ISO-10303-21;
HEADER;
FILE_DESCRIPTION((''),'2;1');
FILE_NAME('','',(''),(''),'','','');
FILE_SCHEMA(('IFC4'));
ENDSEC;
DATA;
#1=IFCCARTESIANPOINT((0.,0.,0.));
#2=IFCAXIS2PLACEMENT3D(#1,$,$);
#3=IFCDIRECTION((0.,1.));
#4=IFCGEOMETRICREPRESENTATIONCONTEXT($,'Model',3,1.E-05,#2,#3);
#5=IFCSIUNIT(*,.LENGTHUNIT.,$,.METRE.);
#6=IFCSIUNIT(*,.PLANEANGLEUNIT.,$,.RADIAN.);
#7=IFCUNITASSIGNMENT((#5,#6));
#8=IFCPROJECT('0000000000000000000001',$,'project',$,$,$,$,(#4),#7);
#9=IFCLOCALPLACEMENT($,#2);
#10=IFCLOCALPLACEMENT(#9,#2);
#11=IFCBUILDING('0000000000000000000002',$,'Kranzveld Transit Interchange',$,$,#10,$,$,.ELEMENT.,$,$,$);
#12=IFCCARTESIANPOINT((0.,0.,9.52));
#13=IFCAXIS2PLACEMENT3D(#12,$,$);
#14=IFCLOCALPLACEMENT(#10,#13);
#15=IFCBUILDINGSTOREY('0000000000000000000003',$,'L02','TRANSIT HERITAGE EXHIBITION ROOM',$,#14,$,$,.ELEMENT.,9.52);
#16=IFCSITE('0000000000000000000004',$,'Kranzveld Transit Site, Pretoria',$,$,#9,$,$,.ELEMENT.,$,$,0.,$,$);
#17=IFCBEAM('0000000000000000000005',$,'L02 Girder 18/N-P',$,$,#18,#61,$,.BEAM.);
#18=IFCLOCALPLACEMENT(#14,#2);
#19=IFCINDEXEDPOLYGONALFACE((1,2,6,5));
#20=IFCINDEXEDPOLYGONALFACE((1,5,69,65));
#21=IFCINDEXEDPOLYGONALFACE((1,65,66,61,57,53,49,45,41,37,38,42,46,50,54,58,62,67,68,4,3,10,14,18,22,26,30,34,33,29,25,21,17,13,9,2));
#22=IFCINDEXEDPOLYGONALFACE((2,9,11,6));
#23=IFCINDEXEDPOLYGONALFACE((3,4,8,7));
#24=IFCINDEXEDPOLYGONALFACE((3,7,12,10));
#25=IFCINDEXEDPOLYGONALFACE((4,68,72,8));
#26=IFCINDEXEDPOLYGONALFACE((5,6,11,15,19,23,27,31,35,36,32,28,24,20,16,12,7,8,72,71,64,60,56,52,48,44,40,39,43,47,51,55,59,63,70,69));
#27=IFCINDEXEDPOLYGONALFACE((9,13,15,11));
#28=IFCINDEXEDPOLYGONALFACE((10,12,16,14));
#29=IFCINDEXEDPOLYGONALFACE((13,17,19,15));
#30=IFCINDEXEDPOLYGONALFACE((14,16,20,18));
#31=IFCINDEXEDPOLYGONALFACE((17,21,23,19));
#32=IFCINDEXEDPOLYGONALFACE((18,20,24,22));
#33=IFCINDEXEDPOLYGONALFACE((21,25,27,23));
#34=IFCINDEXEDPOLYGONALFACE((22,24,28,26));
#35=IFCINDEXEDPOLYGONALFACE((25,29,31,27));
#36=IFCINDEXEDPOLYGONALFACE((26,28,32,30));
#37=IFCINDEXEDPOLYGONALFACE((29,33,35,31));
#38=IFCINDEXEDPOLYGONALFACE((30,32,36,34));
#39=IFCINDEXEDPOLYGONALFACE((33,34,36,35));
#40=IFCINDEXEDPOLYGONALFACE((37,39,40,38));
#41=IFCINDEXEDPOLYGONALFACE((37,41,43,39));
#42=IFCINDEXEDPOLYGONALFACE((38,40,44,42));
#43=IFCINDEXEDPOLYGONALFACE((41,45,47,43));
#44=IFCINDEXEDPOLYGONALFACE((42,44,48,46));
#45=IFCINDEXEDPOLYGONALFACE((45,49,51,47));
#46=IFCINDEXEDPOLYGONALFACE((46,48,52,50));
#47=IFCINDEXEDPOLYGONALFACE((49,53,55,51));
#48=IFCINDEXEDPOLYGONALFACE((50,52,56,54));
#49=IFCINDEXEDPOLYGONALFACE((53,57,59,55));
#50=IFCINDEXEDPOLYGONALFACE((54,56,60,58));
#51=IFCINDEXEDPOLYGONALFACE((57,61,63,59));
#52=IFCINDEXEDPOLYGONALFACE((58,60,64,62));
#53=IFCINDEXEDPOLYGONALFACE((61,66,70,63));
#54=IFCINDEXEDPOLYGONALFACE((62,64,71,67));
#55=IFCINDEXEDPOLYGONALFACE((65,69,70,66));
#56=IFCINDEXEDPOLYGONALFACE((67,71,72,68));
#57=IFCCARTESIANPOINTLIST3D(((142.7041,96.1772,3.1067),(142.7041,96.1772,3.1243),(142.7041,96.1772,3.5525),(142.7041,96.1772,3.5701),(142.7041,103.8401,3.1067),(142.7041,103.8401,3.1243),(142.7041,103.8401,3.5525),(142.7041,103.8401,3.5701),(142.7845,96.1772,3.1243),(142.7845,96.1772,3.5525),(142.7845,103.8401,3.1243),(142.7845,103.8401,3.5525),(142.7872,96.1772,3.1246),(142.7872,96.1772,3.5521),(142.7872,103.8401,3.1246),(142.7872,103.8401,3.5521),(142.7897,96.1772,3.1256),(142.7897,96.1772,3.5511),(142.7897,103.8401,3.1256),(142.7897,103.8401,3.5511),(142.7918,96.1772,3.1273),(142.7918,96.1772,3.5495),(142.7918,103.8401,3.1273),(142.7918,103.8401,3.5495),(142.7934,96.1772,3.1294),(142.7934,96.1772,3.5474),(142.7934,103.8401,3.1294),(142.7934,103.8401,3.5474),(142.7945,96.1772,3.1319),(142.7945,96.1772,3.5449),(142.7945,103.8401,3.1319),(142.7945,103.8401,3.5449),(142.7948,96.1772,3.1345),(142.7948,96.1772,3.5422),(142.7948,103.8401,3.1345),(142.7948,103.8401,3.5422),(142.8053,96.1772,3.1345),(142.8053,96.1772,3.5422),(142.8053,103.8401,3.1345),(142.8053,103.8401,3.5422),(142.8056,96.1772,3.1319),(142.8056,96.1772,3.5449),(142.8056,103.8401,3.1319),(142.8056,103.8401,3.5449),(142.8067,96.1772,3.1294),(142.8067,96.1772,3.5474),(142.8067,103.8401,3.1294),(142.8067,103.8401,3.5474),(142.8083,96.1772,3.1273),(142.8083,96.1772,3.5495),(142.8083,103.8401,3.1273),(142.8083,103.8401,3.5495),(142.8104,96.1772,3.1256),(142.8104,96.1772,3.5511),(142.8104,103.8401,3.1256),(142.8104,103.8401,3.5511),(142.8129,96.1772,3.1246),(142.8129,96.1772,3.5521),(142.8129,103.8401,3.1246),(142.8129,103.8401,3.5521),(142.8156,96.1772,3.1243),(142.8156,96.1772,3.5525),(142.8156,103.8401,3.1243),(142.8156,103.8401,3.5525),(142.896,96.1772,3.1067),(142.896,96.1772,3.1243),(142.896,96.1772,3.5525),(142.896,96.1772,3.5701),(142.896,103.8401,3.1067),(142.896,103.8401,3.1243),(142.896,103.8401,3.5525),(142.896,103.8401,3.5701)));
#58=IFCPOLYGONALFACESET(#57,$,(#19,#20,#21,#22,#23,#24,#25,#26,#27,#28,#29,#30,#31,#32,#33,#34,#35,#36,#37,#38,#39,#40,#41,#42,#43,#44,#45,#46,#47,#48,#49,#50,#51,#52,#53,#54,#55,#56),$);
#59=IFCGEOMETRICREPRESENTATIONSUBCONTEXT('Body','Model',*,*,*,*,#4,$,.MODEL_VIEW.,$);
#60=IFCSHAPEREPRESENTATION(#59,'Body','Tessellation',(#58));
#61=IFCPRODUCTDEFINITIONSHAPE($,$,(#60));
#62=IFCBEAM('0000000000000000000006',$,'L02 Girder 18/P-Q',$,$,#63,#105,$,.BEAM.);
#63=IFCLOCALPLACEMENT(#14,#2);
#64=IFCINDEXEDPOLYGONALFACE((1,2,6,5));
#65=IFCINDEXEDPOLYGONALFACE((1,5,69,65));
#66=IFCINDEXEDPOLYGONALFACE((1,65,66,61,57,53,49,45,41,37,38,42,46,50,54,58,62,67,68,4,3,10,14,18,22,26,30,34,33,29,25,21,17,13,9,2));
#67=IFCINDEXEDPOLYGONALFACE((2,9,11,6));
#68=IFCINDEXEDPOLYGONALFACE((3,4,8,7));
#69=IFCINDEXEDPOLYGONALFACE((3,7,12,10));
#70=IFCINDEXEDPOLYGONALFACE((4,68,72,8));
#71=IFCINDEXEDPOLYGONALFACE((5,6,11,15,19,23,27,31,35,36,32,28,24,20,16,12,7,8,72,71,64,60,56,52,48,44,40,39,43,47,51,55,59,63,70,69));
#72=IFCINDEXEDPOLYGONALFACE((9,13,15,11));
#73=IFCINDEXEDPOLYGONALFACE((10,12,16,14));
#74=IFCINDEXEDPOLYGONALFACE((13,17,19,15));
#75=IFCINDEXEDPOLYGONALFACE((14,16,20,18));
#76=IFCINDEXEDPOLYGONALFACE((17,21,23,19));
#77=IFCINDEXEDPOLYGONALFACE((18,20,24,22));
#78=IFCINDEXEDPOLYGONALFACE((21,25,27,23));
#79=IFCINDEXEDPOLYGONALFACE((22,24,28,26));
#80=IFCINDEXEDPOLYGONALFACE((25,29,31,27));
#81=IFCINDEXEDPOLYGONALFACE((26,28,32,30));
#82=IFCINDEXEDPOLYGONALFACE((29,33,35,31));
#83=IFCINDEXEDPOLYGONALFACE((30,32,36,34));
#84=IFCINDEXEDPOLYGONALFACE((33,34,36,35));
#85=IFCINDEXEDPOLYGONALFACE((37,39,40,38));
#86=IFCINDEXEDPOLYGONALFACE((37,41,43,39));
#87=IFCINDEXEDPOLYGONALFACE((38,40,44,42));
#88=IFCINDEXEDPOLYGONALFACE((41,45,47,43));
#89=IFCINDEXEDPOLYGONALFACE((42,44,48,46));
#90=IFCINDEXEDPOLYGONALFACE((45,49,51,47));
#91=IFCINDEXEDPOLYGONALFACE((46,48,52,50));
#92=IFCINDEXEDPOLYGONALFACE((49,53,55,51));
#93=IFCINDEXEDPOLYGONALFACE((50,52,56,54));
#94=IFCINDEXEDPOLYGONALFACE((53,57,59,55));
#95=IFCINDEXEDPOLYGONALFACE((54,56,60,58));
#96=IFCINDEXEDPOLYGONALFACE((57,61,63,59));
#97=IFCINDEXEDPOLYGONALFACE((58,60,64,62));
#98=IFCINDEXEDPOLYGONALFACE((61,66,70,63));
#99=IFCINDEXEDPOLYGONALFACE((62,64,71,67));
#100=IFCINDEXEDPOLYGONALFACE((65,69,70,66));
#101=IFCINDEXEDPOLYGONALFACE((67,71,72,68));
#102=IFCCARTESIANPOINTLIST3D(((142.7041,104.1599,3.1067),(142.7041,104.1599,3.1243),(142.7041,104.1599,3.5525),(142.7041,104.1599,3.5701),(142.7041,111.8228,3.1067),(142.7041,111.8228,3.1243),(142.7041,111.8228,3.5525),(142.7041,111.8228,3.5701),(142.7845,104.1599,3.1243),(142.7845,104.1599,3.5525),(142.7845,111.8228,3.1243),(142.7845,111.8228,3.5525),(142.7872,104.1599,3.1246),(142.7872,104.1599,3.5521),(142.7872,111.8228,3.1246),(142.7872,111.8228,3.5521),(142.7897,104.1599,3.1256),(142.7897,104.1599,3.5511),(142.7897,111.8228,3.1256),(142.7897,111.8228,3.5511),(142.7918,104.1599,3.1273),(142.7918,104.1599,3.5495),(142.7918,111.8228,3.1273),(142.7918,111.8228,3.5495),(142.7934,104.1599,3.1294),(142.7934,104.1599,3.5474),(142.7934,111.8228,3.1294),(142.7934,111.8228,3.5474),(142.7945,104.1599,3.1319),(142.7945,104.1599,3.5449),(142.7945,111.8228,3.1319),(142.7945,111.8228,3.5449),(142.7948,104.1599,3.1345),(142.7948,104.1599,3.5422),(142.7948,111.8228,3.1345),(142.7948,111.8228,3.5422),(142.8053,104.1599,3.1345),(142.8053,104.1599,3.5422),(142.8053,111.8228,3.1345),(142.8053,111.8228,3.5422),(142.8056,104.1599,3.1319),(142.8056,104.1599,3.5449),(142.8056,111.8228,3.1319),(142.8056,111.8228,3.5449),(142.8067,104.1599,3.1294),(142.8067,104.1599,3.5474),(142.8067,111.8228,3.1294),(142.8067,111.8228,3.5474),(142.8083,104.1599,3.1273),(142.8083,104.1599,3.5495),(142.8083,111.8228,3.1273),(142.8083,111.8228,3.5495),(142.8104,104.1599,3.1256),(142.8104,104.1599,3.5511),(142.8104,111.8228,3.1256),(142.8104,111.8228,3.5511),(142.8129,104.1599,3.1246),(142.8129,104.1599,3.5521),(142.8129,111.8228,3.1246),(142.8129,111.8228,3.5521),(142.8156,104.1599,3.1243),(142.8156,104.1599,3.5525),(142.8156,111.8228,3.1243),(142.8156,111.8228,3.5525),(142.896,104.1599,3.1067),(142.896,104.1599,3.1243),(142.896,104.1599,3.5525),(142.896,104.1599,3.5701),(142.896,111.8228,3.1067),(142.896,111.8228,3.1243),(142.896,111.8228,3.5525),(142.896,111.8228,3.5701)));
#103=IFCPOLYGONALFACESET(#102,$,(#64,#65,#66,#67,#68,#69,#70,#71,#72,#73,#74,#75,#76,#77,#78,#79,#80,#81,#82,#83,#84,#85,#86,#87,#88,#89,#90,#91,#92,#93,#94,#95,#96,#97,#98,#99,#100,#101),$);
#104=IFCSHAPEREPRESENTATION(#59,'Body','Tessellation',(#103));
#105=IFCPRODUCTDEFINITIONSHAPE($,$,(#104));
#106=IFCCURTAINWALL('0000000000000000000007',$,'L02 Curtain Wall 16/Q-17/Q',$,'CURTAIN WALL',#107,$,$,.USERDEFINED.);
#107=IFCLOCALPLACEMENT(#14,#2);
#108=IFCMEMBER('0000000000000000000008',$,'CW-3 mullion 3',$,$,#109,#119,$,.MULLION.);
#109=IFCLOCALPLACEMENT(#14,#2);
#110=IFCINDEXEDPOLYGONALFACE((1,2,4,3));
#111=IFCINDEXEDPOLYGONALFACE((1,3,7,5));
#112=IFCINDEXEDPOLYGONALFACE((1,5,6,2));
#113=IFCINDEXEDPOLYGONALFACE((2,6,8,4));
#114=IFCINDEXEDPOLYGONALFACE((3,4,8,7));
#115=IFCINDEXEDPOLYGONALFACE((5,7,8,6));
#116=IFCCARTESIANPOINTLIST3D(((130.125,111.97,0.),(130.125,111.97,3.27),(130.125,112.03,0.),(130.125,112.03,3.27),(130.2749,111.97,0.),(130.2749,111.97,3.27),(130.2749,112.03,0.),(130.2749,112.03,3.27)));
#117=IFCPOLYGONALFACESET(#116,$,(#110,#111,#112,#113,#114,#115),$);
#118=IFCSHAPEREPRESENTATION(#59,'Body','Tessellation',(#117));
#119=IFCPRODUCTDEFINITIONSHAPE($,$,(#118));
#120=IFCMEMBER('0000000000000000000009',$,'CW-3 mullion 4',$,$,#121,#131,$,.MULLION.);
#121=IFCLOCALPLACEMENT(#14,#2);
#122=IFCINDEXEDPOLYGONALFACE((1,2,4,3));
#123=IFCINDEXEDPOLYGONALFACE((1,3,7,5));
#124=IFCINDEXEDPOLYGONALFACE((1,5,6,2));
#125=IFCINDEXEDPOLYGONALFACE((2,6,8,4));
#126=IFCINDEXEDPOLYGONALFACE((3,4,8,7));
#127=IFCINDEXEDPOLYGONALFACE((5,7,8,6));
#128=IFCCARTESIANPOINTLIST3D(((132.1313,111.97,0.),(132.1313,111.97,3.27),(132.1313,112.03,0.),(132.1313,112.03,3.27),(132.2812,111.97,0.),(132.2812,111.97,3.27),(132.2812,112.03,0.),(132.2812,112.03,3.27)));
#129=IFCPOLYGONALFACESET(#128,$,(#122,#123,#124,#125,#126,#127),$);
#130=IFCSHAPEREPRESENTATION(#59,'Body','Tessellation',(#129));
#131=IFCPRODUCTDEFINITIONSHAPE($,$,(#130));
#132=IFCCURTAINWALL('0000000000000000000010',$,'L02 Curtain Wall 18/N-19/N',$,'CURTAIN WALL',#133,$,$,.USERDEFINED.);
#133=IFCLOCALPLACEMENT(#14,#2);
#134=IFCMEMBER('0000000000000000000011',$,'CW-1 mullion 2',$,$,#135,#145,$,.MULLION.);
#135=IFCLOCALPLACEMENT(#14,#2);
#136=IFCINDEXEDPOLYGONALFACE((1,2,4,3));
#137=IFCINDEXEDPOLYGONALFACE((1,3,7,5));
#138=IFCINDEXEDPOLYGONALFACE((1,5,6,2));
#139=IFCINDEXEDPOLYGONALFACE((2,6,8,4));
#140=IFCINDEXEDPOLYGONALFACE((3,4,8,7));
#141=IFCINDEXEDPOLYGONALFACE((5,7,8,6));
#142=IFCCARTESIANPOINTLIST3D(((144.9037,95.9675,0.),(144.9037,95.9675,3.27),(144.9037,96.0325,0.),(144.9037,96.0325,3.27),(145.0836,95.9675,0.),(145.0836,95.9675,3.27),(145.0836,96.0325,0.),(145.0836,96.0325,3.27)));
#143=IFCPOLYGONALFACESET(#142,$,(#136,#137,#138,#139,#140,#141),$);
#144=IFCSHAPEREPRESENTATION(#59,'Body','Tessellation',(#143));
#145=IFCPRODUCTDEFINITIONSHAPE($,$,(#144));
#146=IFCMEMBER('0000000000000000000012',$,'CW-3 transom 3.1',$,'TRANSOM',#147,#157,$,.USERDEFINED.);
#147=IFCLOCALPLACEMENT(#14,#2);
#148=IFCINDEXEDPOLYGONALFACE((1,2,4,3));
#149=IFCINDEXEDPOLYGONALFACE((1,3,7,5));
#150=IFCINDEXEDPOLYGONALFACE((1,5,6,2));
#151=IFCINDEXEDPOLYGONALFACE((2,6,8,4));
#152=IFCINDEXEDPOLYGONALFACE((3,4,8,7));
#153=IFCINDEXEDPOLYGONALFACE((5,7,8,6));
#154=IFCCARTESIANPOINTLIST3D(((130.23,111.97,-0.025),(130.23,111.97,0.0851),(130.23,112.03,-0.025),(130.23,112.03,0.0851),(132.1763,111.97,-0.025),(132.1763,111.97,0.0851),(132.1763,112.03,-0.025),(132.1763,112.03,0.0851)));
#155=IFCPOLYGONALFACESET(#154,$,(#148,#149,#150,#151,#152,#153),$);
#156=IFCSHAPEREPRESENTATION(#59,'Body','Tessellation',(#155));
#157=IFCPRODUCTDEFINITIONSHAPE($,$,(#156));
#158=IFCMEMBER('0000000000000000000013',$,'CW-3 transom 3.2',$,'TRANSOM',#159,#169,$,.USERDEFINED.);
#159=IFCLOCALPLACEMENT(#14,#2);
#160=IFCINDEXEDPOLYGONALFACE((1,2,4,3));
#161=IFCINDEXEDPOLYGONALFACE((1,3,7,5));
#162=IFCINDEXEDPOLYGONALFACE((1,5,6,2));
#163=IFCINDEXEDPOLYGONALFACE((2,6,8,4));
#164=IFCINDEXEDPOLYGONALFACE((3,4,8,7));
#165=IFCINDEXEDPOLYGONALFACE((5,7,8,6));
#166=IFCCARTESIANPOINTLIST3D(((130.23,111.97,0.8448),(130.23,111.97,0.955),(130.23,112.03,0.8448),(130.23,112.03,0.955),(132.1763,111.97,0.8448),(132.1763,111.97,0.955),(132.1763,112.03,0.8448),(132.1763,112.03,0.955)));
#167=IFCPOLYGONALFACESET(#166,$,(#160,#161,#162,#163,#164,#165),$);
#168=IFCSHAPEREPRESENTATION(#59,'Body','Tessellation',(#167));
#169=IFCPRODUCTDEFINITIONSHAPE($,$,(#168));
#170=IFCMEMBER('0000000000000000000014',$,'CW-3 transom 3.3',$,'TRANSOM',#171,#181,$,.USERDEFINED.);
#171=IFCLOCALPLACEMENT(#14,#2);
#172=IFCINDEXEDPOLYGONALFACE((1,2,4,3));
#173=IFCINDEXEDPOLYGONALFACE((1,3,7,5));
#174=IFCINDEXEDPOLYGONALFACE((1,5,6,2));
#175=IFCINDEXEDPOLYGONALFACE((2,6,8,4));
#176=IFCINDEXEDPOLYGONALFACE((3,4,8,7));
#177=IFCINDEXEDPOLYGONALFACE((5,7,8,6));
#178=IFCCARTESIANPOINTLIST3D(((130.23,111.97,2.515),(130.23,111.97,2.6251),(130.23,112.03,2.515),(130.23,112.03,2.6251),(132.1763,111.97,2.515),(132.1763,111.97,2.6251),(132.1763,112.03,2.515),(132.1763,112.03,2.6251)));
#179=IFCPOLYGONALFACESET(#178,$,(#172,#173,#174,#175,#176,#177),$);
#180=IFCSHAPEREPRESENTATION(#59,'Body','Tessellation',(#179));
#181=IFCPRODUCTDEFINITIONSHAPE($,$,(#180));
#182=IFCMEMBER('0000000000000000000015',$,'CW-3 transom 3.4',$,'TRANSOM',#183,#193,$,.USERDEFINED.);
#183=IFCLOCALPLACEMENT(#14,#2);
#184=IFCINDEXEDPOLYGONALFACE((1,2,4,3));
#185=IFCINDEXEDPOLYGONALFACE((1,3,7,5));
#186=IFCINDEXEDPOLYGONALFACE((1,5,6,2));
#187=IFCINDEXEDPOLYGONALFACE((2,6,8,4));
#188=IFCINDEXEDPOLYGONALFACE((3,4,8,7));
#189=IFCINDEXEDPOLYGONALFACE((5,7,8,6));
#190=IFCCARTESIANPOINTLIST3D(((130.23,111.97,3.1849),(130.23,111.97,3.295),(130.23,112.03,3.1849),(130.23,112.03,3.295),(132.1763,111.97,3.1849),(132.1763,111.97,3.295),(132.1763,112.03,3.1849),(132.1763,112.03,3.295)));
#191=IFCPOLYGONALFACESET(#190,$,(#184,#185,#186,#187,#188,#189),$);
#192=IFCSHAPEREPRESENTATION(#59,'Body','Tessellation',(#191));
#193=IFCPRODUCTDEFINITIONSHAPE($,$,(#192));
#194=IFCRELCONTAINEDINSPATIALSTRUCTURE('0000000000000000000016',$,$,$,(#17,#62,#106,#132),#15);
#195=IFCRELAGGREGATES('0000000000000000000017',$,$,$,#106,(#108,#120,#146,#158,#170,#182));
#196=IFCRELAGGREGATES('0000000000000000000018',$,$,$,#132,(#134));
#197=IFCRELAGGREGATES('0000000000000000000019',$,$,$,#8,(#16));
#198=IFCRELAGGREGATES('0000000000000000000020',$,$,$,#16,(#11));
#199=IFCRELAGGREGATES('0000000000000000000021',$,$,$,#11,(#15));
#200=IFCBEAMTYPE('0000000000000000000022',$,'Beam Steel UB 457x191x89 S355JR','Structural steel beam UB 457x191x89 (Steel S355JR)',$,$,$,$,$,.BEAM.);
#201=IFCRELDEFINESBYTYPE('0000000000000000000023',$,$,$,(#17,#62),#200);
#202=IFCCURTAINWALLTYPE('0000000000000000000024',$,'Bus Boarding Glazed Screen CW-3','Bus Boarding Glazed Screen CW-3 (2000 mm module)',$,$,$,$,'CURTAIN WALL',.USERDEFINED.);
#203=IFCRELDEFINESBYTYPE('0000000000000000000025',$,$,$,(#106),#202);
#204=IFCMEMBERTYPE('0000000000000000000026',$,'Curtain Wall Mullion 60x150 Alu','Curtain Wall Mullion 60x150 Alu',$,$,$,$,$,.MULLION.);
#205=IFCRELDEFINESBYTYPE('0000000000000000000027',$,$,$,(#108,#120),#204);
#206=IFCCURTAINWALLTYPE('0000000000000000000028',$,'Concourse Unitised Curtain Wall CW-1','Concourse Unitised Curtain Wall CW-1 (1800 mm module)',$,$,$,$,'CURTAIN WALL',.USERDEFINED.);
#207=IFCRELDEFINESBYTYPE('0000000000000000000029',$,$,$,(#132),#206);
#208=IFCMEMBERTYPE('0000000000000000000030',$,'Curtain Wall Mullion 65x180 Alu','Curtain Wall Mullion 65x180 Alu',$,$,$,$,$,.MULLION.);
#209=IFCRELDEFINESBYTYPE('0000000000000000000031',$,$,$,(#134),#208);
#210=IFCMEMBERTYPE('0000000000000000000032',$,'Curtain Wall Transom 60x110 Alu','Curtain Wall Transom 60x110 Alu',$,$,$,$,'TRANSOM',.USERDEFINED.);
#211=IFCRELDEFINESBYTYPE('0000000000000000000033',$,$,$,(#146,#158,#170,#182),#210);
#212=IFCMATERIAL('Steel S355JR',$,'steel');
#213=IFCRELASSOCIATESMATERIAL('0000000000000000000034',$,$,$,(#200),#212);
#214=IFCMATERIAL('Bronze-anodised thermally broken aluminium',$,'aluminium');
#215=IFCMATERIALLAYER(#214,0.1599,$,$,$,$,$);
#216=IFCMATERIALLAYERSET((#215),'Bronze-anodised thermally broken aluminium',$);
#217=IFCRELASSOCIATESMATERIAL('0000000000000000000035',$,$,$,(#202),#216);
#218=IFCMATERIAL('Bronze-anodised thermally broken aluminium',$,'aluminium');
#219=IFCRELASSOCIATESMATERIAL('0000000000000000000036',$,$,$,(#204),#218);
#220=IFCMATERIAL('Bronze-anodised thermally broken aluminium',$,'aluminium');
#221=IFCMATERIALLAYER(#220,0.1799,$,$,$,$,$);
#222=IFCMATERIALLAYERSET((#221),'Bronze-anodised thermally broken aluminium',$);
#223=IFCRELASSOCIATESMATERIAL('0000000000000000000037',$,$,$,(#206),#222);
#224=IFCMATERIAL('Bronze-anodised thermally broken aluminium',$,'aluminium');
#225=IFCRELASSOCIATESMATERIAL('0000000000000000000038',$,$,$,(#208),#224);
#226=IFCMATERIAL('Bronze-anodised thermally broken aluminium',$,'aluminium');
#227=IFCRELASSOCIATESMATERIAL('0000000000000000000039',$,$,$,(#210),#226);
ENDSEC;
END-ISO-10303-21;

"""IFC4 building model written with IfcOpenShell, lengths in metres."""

from ifc_helpers import new_model, si_unit, direction, frame, origin, origin_2d, place, context, subcontext, project, spatial, rectangle, i_section, extrude, material, layer, layer_set, material_profile, profile_set, type_object, element, aggregate, save


model = new_model("IFC4")

# Units and contexts
model_context = context("Model", 3, precision=1e-05, world=origin(), true_north=direction((0.0, 1.0)))
body_context = subcontext(model_context, "Body", "Model", "MODEL_VIEW")
ifc_project = project(units=[si_unit("LENGTHUNIT", "METRE"), si_unit("PLANEANGLEUNIT", "RADIAN")], contexts=[model_context])

# Site, building, storey
site_placement = place(None, origin())
site = spatial("IfcSite", under=ifc_project, at=site_placement, Name="Kranzveld Transit Site, Pretoria", CompositionType="ELEMENT", RefElevation=0.0)
building_placement = place(site_placement, origin())
building = spatial("IfcBuilding", under=site, at=building_placement, Name="Kranzveld Transit Interchange", CompositionType="ELEMENT")
storey_placement = place(building_placement, frame((0.0, 0.0, 9.52)))
storey = spatial("IfcBuildingStorey", under=building, at=storey_placement, Name="L02", Description="TRANSIT HERITAGE EXHIBITION ROOM", CompositionType="ELEMENT", Elevation=9.52)

# Beams
ifc_material_1 = material(Name="Steel S355JR", Category="steel")
ifc_material_profile_1 = material_profile(ifc_material_1, i_section(OverallWidth=0.1919, OverallDepth=0.4634, WebThickness=0.0105, FlangeThickness=0.0176, FilletRadius=0.0103, at=origin_2d()), Name="UB 457x191x89")
ifc_profile_set_1 = profile_set([ifc_material_profile_1], Name="Steel S355JR")
beam_type_1 = type_object("IfcBeamType", Name="Beam Steel UB 457x191x89 S355JR", Description="Structural steel beam UB 457x191x89 (Steel S355JR)", PredefinedType="BEAM", material=ifc_profile_set_1)
for number, where, z_axis, x_axis, name in (
    (1, (142.8, 96.1772, 3.3384), (0.0, 1.0, 0.0), (-1.0, 0.0, 0.0), "L02 Girder 18/N-P"),
    (2, (142.8, 104.1599, 3.3384), (0.0, 1.0, 0.0), (-1.0, 0.0, 0.0), "L02 Girder 18/P-Q"),
):
    element("IfcBeam", number, at=place(storey_placement, frame(where, z_axis=z_axis, x_axis=x_axis)), inside=storey, type_object=beam_type_1, Name=name, PredefinedType="BEAM", context=body_context, shape_type="SweptSolid", body=[
        extrude(i_section(OverallWidth=0.1919, OverallDepth=0.4634, WebThickness=0.0105, FlangeThickness=0.0176, FilletRadius=0.0103, at=origin_2d()), origin(), (0.0, 0.0, 1.0), 7.6628),
    ])

# Curtain wall, members
ifc_material_2 = material(Name="Bronze-anodised thermally broken aluminium", Category="aluminium")
ifc_layer_1 = layer(ifc_material_2, 0.1599)
ifc_layer_set_1 = layer_set([ifc_layer_1], Name="Bronze-anodised thermally broken aluminium")
curtain_wall_type_1 = type_object("IfcCurtainWallType", Name="Bus Boarding Glazed Screen CW-3", Description="Bus Boarding Glazed Screen CW-3 (2000 mm module)", ElementType="CURTAIN WALL", PredefinedType="USERDEFINED", material=ifc_layer_set_1)
curtain_wall_1_placement = place(storey_placement, origin())
curtain_wall_1 = element("IfcCurtainWall", 3, at=curtain_wall_1_placement, inside=storey, type_object=curtain_wall_type_1, Name="L02 Curtain Wall 16/Q-17/Q", ObjectType="CURTAIN WALL", PredefinedType="USERDEFINED")
ifc_material_3 = material(Name="Bronze-anodised thermally broken aluminium", Category="aluminium")
ifc_material_profile_2 = material_profile(ifc_material_3, rectangle(XDim=0.0601, YDim=0.1499, at=origin_2d()), Name="ALU MULLION 60x150")
ifc_profile_set_2 = profile_set([ifc_material_profile_2], Name="Bronze-anodised thermally broken aluminium")
member_type_1 = type_object("IfcMemberType", Name="Curtain Wall Mullion 60x150 Alu", Description="Curtain Wall Mullion 60x150 Alu", PredefinedType="MULLION", material=ifc_profile_set_2)
member_1_placement = place(storey_placement, frame((130.2, 112.0, 0.0), z_axis=(0.0, 0.0, 1.0), x_axis=(0.0, 1.0, 0.0)))
member_1 = element("IfcMember", 4, at=member_1_placement, type_object=member_type_1, Name="CW-3 mullion 3", PredefinedType="MULLION", context=body_context, shape_type="SweptSolid", body=[
    extrude(rectangle(XDim=0.0601, YDim=0.1499, at=origin_2d()), origin(), (0.0, 0.0, 1.0), 3.27),
])
member_2_placement = place(storey_placement, frame((132.2063, 112.0, 0.0), z_axis=(0.0, 0.0, 1.0), x_axis=(0.0, 1.0, 0.0)))
member_2 = element("IfcMember", 5, at=member_2_placement, type_object=member_type_1, Name="CW-3 mullion 4", PredefinedType="MULLION", context=body_context, shape_type="SweptSolid", body=[
    extrude(rectangle(XDim=0.0601, YDim=0.1499, at=origin_2d()), origin(), (0.0, 0.0, 1.0), 3.27),
])

# Curtain wall, member
ifc_material_4 = material(Name="Bronze-anodised thermally broken aluminium", Category="aluminium")
ifc_layer_2 = layer(ifc_material_4, 0.1799)
ifc_layer_set_2 = layer_set([ifc_layer_2], Name="Bronze-anodised thermally broken aluminium")
curtain_wall_type_2 = type_object("IfcCurtainWallType", Name="Concourse Unitised Curtain Wall CW-1", Description="Concourse Unitised Curtain Wall CW-1 (1800 mm module)", ElementType="CURTAIN WALL", PredefinedType="USERDEFINED", material=ifc_layer_set_2)
curtain_wall_2_placement = place(storey_placement, origin())
curtain_wall_2 = element("IfcCurtainWall", 6, at=curtain_wall_2_placement, inside=storey, type_object=curtain_wall_type_2, Name="L02 Curtain Wall 18/N-19/N", ObjectType="CURTAIN WALL", PredefinedType="USERDEFINED")
ifc_material_5 = material(Name="Bronze-anodised thermally broken aluminium", Category="aluminium")
ifc_material_profile_3 = material_profile(ifc_material_5, rectangle(XDim=0.0649, YDim=0.1799, at=origin_2d()), Name="ALU MULLION 65x180")
ifc_profile_set_3 = profile_set([ifc_material_profile_3], Name="Bronze-anodised thermally broken aluminium")
member_type_2 = type_object("IfcMemberType", Name="Curtain Wall Mullion 65x180 Alu", Description="Curtain Wall Mullion 65x180 Alu", PredefinedType="MULLION", material=ifc_profile_set_3)
member_3_placement = place(storey_placement, frame((144.9937, 96.0, 0.0), z_axis=(0.0, 0.0, 1.0), x_axis=(0.0, 1.0, 0.0)))
member_3 = element("IfcMember", 7, at=member_3_placement, type_object=member_type_2, Name="CW-1 mullion 2", PredefinedType="MULLION", context=body_context, shape_type="SweptSolid", body=[
    extrude(rectangle(XDim=0.0649, YDim=0.1799, at=origin_2d()), origin(), (0.0, 0.0, 1.0), 3.27),
])

# Members
ifc_material_6 = material(Name="Bronze-anodised thermally broken aluminium", Category="aluminium")
ifc_material_profile_4 = material_profile(ifc_material_6, rectangle(XDim=0.0601, YDim=0.1101, at=origin_2d()), Name="ALU TRANSOM 60x110")
ifc_profile_set_4 = profile_set([ifc_material_profile_4], Name="Bronze-anodised thermally broken aluminium")
member_type_3 = type_object("IfcMemberType", Name="Curtain Wall Transom 60x110 Alu", Description="Curtain Wall Transom 60x110 Alu", ElementType="TRANSOM", PredefinedType="USERDEFINED", material=ifc_profile_set_4)
member_4_placement = place(storey_placement, frame((130.23, 112.0, 0.03), z_axis=(1.0, 0.0, 0.0), x_axis=(0.0, 1.0, 0.0)))
member_4 = element("IfcMember", 8, at=member_4_placement, type_object=member_type_3, Name="CW-3 transom 3.1", ObjectType="TRANSOM", PredefinedType="USERDEFINED", context=body_context, shape_type="SweptSolid", body=[
    extrude(rectangle(XDim=0.0601, YDim=0.1101, at=origin_2d()), origin(), (0.0, 0.0, 1.0), 1.9463),
])
member_5_placement = place(storey_placement, frame((130.23, 112.0, 0.8999), z_axis=(1.0, 0.0, 0.0), x_axis=(0.0, 1.0, 0.0)))
member_5 = element("IfcMember", 9, at=member_5_placement, type_object=member_type_3, Name="CW-3 transom 3.2", ObjectType="TRANSOM", PredefinedType="USERDEFINED", context=body_context, shape_type="SweptSolid", body=[
    extrude(rectangle(XDim=0.0601, YDim=0.1101, at=origin_2d()), origin(), (0.0, 0.0, 1.0), 1.9463),
])
member_6_placement = place(storey_placement, frame((130.23, 112.0, 2.5701), z_axis=(1.0, 0.0, 0.0), x_axis=(0.0, 1.0, 0.0)))
member_6 = element("IfcMember", 10, at=member_6_placement, type_object=member_type_3, Name="CW-3 transom 3.3", ObjectType="TRANSOM", PredefinedType="USERDEFINED", context=body_context, shape_type="SweptSolid", body=[
    extrude(rectangle(XDim=0.0601, YDim=0.1101, at=origin_2d()), origin(), (0.0, 0.0, 1.0), 1.9463),
])
member_7_placement = place(storey_placement, frame((130.23, 112.0, 3.24), z_axis=(1.0, 0.0, 0.0), x_axis=(0.0, 1.0, 0.0)))
member_7 = element("IfcMember", 11, at=member_7_placement, type_object=member_type_3, Name="CW-3 transom 3.4", ObjectType="TRANSOM", PredefinedType="USERDEFINED", context=body_context, shape_type="SweptSolid", body=[
    extrude(rectangle(XDim=0.0601, YDim=0.1101, at=origin_2d()), origin(), (0.0, 0.0, 1.0), 1.9463),
])

aggregate(curtain_wall_1, [member_1, member_2, member_4, member_5, member_6, member_7])
aggregate(curtain_wall_2, [member_3])

save(model, "model.ifc")
